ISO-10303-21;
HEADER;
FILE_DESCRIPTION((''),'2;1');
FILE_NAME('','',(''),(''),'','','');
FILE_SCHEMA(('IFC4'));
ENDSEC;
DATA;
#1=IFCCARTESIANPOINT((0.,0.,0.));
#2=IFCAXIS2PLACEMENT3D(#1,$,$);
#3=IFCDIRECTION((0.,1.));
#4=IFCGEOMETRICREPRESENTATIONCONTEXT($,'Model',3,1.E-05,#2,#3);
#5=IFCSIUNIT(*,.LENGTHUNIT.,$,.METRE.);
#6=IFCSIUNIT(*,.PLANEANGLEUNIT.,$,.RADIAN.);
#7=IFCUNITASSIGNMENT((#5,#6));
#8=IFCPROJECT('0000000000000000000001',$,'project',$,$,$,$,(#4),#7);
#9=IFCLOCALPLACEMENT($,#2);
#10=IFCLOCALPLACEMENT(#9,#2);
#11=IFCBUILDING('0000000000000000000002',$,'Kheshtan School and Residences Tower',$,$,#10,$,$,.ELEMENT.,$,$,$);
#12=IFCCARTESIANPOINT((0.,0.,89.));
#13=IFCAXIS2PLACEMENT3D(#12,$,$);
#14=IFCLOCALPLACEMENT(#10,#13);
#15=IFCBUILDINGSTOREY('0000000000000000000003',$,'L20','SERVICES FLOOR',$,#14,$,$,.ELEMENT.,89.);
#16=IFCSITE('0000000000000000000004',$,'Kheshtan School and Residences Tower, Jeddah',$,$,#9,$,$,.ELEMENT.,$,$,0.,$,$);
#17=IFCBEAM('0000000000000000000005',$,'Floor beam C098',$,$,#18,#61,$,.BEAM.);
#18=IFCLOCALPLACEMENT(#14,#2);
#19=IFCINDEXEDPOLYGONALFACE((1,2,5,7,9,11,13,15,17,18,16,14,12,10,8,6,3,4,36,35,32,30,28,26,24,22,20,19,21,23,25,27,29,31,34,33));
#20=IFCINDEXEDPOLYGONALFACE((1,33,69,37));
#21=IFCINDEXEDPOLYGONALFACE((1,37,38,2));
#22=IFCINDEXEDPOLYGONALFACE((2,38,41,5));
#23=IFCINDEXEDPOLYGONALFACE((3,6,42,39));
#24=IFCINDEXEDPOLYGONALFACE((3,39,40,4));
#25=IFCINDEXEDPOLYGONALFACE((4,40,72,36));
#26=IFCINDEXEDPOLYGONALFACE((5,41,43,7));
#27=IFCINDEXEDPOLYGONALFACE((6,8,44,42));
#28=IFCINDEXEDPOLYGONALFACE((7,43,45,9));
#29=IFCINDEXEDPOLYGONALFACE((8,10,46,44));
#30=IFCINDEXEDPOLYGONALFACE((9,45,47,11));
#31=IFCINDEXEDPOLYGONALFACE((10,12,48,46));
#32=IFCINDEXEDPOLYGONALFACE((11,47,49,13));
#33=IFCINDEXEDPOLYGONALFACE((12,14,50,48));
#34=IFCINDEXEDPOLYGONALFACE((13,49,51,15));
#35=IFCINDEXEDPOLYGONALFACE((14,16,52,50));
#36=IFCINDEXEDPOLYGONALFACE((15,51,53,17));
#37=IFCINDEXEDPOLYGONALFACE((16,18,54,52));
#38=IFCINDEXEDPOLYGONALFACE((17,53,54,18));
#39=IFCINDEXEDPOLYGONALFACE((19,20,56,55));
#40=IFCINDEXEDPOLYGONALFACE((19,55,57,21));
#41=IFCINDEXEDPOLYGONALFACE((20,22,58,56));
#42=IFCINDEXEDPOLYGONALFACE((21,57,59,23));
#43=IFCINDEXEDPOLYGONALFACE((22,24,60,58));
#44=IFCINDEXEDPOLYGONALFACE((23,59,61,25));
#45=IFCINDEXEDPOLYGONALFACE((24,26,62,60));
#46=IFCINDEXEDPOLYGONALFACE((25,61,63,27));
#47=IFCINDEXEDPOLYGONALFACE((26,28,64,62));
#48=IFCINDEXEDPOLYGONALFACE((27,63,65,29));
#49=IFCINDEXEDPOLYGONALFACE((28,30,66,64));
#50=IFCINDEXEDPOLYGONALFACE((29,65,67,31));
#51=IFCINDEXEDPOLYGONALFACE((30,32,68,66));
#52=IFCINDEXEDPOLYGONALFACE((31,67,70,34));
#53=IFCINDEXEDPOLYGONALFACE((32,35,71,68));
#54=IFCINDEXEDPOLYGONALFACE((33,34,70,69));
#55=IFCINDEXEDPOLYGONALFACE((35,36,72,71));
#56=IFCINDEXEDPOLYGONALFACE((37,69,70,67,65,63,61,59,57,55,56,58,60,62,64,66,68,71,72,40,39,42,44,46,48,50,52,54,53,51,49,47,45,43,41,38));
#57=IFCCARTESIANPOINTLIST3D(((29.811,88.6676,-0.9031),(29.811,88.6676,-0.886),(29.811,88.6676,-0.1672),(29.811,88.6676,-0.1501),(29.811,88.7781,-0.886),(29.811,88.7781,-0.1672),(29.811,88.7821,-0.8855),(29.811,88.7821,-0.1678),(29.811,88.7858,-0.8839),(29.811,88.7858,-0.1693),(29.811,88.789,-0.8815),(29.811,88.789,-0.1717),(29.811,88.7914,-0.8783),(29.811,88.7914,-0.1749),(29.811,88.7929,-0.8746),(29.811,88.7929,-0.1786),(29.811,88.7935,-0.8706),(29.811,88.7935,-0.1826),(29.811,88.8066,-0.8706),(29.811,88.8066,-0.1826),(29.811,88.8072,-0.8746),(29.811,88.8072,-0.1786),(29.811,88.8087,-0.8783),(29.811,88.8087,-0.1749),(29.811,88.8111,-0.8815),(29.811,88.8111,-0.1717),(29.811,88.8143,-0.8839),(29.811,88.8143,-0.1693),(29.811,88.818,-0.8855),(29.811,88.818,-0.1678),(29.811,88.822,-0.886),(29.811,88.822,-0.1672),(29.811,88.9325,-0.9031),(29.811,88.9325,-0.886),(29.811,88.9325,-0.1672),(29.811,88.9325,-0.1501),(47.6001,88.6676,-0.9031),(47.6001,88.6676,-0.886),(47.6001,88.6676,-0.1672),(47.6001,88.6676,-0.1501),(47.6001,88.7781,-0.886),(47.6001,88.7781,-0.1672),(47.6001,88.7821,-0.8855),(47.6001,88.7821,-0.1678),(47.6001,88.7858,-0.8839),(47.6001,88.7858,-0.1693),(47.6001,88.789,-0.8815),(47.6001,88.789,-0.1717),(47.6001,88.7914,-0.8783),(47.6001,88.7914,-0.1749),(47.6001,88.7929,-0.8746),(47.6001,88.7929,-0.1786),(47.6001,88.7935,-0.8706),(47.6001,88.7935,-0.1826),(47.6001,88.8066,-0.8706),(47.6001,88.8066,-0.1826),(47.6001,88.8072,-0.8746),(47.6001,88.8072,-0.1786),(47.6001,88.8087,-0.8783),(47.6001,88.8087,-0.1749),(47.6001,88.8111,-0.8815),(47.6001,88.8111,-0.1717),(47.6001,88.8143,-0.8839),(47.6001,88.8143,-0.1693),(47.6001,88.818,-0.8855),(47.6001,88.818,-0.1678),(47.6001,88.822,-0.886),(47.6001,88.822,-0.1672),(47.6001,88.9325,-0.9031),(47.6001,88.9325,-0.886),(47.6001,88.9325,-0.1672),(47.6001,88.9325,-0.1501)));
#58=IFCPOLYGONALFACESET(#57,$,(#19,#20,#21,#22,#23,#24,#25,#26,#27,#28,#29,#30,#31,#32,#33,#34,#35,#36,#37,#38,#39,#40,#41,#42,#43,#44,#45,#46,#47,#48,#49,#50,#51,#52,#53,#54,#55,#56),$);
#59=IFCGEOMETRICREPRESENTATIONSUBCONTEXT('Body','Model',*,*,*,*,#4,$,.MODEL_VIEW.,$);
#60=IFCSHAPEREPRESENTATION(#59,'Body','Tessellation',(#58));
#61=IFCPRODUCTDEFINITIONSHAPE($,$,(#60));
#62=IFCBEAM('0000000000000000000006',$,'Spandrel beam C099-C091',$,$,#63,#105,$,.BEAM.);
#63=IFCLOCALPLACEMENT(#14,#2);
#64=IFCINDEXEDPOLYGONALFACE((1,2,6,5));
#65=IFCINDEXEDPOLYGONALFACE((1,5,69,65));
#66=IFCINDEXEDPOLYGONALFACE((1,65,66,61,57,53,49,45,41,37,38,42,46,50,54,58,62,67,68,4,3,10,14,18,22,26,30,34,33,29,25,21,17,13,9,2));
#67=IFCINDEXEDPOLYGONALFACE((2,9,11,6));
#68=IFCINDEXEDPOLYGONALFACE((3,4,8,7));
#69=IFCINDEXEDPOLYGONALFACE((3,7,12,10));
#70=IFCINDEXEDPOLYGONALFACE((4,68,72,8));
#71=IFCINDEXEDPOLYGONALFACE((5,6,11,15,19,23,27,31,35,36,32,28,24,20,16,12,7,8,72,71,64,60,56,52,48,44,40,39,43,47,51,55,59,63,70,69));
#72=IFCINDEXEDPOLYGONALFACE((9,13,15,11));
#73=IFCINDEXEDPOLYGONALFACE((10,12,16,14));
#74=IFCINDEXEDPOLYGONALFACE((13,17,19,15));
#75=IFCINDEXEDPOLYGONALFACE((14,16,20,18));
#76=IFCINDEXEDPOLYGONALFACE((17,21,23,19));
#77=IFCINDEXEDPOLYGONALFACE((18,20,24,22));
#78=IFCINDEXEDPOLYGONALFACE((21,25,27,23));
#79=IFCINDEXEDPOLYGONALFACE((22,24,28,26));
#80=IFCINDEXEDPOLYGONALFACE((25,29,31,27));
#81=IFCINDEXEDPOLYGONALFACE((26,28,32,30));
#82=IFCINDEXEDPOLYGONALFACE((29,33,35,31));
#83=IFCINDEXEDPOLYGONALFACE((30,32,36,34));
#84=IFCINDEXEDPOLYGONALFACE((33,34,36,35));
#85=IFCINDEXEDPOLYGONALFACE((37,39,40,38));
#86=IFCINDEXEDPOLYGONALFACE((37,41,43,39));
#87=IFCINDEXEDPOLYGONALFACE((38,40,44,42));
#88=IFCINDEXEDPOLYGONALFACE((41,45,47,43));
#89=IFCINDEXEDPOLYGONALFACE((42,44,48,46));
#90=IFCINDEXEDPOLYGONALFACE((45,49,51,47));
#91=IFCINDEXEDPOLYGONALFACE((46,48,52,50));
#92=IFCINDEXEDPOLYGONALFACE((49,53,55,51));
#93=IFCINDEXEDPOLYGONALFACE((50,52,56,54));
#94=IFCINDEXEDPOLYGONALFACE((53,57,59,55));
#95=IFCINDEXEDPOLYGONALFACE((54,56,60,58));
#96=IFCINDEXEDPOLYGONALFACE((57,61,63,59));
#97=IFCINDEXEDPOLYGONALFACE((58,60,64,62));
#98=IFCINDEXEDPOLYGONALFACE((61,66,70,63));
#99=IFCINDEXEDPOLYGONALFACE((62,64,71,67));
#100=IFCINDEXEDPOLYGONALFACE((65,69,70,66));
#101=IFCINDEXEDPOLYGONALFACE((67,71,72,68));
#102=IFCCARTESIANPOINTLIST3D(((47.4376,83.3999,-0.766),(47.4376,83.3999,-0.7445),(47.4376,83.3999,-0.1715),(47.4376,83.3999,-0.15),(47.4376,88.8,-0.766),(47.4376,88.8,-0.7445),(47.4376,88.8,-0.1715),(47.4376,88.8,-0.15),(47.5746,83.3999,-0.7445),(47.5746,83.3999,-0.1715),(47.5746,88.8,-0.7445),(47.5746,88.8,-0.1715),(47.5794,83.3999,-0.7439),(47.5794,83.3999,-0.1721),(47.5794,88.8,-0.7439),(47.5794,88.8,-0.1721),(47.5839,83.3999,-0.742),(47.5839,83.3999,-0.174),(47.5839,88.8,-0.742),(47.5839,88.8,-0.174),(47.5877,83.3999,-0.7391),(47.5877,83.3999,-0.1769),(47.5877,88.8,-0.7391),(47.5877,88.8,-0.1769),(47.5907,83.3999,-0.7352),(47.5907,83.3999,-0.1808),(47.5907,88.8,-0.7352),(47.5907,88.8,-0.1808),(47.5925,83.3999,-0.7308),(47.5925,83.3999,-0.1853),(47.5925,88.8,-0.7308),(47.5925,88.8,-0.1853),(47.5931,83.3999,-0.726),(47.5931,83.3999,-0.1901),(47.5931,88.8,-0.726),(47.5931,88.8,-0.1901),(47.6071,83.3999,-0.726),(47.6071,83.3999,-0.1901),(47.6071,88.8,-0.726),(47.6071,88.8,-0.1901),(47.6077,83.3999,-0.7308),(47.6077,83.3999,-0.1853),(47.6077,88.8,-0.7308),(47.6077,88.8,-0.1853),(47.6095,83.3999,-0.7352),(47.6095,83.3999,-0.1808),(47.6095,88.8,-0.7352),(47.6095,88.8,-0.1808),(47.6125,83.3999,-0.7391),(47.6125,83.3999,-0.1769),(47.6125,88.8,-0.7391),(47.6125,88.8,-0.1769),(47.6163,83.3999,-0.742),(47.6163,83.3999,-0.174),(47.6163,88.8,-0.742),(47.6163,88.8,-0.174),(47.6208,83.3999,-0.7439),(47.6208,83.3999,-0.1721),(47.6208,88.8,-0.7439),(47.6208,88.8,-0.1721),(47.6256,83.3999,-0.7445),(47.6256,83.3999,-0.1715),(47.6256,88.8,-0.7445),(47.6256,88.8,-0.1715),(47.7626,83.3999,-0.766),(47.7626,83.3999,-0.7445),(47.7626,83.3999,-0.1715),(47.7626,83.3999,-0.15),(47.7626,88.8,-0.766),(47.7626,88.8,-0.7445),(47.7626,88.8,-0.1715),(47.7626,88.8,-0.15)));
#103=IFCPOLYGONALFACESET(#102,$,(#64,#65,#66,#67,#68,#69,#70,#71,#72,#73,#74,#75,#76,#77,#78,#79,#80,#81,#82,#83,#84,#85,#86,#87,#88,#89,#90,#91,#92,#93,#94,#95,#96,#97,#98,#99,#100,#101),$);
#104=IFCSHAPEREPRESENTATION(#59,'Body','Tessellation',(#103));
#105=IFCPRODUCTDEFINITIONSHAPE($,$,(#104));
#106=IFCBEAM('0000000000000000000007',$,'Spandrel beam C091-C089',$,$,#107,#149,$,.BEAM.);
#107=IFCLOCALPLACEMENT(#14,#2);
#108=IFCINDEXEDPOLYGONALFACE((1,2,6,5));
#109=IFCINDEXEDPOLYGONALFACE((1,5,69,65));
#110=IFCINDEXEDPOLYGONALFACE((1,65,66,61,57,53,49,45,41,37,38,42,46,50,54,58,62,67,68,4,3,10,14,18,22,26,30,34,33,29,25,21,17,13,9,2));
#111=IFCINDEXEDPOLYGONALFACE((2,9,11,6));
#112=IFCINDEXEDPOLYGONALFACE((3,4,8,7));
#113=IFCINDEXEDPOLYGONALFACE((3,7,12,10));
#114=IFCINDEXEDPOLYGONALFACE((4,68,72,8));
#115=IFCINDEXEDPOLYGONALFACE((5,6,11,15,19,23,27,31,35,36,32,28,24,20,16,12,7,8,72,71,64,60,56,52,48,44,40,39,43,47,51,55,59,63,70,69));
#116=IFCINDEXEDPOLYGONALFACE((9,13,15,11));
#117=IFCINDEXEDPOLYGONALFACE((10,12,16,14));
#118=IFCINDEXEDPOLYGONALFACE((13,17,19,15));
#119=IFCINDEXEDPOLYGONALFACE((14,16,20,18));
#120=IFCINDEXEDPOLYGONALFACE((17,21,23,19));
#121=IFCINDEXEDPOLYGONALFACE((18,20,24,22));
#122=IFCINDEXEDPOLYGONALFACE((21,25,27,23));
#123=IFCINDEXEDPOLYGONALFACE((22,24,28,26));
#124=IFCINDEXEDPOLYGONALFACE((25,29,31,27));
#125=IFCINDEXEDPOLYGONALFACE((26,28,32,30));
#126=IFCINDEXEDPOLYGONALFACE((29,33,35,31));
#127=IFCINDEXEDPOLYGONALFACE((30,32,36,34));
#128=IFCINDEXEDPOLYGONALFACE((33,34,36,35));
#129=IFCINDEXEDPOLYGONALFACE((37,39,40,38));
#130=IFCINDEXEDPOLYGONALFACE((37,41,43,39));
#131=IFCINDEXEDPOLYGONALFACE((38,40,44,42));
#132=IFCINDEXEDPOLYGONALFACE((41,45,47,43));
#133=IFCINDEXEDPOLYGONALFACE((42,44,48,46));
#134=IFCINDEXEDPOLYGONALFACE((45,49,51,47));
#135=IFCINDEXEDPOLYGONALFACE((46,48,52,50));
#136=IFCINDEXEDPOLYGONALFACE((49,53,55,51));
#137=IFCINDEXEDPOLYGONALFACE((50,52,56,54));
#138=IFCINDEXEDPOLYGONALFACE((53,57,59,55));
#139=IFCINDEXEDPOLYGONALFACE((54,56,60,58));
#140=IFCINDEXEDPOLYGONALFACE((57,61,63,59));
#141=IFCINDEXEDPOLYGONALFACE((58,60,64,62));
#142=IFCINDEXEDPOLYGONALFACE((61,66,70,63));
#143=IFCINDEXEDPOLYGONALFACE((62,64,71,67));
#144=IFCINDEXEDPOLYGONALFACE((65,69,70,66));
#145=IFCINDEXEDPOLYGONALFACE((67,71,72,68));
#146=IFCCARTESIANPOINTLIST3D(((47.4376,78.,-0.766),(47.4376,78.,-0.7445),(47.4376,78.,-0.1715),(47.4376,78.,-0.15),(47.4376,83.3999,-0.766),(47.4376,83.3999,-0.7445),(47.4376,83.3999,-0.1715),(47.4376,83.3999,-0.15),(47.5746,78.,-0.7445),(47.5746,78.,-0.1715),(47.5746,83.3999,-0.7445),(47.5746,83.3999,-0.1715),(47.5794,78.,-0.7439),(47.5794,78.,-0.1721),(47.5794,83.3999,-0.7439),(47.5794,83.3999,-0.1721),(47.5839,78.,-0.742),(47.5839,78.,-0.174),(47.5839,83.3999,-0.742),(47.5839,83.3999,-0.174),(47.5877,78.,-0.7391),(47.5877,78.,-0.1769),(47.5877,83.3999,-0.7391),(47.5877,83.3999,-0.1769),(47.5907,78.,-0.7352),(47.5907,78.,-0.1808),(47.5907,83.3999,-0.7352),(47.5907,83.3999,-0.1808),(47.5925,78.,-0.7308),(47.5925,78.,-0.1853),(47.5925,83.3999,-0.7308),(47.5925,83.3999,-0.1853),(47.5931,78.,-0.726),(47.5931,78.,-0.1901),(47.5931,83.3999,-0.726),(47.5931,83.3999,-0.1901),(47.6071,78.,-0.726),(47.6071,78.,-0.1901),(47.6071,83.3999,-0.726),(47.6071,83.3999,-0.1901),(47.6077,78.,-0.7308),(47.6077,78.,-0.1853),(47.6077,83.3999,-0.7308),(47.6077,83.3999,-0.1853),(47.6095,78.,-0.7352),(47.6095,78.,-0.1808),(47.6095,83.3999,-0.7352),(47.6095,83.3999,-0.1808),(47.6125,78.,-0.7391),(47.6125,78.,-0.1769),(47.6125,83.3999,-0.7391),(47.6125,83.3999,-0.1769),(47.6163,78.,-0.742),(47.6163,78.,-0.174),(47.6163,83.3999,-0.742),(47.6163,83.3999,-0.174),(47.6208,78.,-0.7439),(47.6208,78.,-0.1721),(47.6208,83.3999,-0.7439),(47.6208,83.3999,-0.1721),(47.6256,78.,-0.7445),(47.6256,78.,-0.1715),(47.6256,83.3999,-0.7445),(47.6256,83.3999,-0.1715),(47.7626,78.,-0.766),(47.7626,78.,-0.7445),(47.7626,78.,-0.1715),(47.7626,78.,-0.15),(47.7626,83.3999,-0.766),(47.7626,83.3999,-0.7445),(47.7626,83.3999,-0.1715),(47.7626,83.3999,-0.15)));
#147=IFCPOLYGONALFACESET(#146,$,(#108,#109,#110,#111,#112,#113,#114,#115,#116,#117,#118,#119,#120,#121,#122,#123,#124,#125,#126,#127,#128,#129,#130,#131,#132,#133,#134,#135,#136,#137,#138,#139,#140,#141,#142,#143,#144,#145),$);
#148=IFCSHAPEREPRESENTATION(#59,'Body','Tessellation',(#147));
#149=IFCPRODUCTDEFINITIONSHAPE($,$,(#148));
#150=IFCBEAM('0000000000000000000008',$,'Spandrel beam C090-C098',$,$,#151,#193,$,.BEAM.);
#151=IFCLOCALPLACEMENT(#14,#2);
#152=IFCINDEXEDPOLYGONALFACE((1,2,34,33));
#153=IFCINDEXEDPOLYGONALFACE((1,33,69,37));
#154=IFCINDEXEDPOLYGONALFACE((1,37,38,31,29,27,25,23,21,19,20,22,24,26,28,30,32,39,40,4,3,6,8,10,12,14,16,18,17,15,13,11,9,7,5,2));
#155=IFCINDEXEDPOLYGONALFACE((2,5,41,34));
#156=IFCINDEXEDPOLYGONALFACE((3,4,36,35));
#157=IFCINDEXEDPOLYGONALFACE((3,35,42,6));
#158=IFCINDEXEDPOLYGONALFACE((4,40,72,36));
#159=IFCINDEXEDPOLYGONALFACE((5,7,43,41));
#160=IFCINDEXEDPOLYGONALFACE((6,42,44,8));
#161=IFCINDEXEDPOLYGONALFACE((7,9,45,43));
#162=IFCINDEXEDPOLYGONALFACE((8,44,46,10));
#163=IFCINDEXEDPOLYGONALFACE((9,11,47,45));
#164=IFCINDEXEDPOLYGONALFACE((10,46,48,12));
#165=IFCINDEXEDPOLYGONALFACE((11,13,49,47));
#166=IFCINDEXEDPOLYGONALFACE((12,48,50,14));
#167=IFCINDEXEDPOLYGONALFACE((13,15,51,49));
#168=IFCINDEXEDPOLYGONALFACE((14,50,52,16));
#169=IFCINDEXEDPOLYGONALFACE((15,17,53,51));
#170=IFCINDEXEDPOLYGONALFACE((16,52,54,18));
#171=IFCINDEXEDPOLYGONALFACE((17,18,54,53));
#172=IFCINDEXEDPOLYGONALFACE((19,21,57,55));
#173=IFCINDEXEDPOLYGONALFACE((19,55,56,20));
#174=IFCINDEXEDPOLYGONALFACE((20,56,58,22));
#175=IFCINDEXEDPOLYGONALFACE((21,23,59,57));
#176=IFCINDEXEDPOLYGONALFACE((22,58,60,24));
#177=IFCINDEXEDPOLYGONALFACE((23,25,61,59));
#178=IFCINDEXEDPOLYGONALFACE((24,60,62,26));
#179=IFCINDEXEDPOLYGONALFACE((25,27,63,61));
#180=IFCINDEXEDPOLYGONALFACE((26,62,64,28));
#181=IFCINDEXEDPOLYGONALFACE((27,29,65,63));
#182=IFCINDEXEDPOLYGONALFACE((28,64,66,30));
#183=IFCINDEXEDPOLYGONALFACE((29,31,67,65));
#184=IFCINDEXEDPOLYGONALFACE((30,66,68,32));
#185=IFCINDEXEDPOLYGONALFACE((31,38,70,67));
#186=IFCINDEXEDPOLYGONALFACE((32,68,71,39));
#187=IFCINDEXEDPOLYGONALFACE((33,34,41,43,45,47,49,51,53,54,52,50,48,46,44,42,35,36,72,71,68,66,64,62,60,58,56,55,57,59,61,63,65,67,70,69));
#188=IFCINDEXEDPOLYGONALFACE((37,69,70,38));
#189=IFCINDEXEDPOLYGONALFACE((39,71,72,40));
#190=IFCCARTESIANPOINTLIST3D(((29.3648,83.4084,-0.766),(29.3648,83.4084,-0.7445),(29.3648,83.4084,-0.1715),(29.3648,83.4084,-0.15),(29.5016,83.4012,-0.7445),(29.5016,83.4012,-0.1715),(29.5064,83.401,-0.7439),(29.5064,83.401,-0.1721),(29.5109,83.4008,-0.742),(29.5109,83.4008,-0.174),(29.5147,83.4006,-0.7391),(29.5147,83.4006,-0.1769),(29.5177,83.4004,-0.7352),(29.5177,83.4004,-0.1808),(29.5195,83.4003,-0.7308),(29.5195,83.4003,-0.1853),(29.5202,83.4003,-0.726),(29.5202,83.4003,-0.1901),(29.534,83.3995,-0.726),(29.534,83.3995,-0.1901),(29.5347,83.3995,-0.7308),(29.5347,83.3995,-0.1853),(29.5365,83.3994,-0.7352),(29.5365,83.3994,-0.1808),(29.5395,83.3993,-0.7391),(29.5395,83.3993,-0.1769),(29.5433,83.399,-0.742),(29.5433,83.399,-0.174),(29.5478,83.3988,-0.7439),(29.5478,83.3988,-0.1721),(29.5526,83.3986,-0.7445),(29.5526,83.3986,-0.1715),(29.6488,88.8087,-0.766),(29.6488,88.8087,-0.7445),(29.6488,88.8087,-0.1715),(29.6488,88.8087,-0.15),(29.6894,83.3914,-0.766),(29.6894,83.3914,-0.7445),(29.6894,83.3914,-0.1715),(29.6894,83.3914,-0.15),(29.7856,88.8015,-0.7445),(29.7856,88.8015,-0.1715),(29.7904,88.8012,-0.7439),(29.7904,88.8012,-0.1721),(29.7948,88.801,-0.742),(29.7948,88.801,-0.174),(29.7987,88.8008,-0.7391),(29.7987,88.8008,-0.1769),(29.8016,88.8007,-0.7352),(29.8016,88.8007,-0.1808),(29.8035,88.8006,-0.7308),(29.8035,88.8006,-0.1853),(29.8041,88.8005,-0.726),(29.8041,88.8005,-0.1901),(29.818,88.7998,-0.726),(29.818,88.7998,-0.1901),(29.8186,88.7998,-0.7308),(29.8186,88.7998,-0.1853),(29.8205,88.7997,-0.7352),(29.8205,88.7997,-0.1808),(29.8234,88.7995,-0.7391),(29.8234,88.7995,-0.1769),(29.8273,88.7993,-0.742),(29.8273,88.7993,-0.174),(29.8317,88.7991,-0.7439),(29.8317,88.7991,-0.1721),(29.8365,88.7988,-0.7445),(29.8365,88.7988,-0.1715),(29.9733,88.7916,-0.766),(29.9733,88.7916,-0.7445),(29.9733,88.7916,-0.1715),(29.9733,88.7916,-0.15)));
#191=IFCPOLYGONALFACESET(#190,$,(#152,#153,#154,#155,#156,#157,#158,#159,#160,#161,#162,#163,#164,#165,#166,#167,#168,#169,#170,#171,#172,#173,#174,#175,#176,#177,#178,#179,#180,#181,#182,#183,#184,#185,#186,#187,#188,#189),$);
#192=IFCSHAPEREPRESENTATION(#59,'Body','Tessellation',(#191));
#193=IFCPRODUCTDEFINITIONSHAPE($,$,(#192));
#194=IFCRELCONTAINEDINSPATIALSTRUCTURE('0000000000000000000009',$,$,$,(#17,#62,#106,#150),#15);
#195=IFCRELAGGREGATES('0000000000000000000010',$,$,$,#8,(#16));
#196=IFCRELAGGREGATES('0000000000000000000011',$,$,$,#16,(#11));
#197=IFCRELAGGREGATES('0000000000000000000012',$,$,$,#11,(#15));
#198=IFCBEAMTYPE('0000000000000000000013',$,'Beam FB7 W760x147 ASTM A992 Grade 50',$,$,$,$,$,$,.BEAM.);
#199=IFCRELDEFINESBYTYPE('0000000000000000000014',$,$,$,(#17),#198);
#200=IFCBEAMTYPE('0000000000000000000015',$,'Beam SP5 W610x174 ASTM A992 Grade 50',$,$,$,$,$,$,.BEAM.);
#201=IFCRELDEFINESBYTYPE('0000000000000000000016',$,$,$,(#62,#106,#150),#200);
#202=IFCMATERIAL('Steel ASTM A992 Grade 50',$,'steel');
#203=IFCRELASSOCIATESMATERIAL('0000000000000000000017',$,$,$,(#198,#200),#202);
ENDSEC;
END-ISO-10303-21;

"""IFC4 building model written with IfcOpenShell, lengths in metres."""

from ifc_helpers import new_model, si_unit, direction, frame, origin, origin_2d, place, context, subcontext, project, spatial, i_section, extrude, material, material_profile, profile_set, type_object, element, save


model = new_model("IFC4")

# Units and contexts
model_context = context("Model", 3, precision=1e-05, world=origin(), true_north=direction((0.0, 1.0)))
body_context = subcontext(model_context, "Body", "Model", "MODEL_VIEW")
ifc_project = project(units=[si_unit("LENGTHUNIT", "METRE"), si_unit("PLANEANGLEUNIT", "RADIAN")], contexts=[model_context])

# Site, building, storey
site_placement = place(None, origin())
site = spatial("IfcSite", under=ifc_project, at=site_placement, Name="Kheshtan School and Residences Tower, Jeddah", CompositionType="ELEMENT", RefElevation=0.0)
building_placement = place(site_placement, origin())
building = spatial("IfcBuilding", under=site, at=building_placement, Name="Kheshtan School and Residences Tower", CompositionType="ELEMENT")
storey_placement = place(building_placement, frame((0.0, 0.0, 89.0)))
storey = spatial("IfcBuildingStorey", under=building, at=storey_placement, Name="L20", Description="SERVICES FLOOR", CompositionType="ELEMENT", Elevation=89.0)

# Shared definitions
ifc_material_1 = material(Name="Steel ASTM A992 Grade 50", Category="steel")

# Beams
ifc_material_profile_1 = material_profile(ifc_material_1, i_section(OverallWidth=0.2649, OverallDepth=0.7529, WebThickness=0.0132, FlangeThickness=0.0171, FilletRadius=0.0154, at=origin_2d()), Name="W760x147")
ifc_profile_set_1 = profile_set([ifc_material_profile_1], Name="Steel ASTM A992 Grade 50")
beam_type_1 = type_object("IfcBeamType", Name="Beam FB7 W760x147 ASTM A992 Grade 50", PredefinedType="BEAM", material=ifc_profile_set_1)
beam_1_placement = place(storey_placement, frame((29.811, 88.8, -0.5266), z_axis=(1.0, 0.0, 0.0), x_axis=(0.0, 1.0, 0.0)))
element("IfcBeam", 1, at=beam_1_placement, inside=storey, type_object=beam_type_1, Name="Floor beam C098", PredefinedType="BEAM", context=body_context, shape_type="SweptSolid", body=[
    extrude(i_section(OverallWidth=0.2649, OverallDepth=0.7529, WebThickness=0.0132, FlangeThickness=0.0171, FilletRadius=0.0154, at=origin_2d()), origin(), (0.0, 0.0, 1.0), 17.7891),
])
ifc_material_profile_2 = material_profile(ifc_material_1, i_section(OverallWidth=0.325, OverallDepth=0.616, WebThickness=0.0139, FlangeThickness=0.0215, FilletRadius=0.0186, at=origin_2d()), Name="W610x174")
ifc_profile_set_2 = profile_set([ifc_material_profile_2], Name="Steel ASTM A992 Grade 50")
beam_type_2 = type_object("IfcBeamType", Name="Beam SP5 W610x174 ASTM A992 Grade 50", PredefinedType="BEAM", material=ifc_profile_set_2)
beam_2_placement = place(storey_placement, frame((47.6001, 88.8, -0.458), z_axis=(0.0, -1.0, 0.0), x_axis=(1.0, 0.0, 0.0)))
element("IfcBeam", 2, at=beam_2_placement, inside=storey, type_object=beam_type_2, Name="Spandrel beam C099-C091", PredefinedType="BEAM", context=body_context, shape_type="SweptSolid", body=[
    extrude(i_section(OverallWidth=0.325, OverallDepth=0.616, WebThickness=0.0139, FlangeThickness=0.0215, FilletRadius=0.0186, at=origin_2d()), origin(), (0.0, 0.0, 1.0), 5.4001),
])
beam_3_placement = place(storey_placement, frame((47.6001, 83.3999, -0.458), z_axis=(0.0, -1.0, 0.0), x_axis=(1.0, 0.0, 0.0)))
element("IfcBeam", 3, at=beam_3_placement, inside=storey, type_object=beam_type_2, Name="Spandrel beam C091-C089", PredefinedType="BEAM", context=body_context, shape_type="SweptSolid", body=[
    extrude(i_section(OverallWidth=0.325, OverallDepth=0.616, WebThickness=0.0139, FlangeThickness=0.0215, FilletRadius=0.0186, at=origin_2d()), origin(), (0.0, 0.0, 1.0), 5.3999),
])
beam_4_placement = place(storey_placement, frame((29.5271, 83.3999, -0.458), z_axis=(0.052507, 0.998621, 0.0), x_axis=(-0.998621, 0.052507, 0.0)))
element("IfcBeam", 4, at=beam_4_placement, inside=storey, type_object=beam_type_2, Name="Spandrel beam C090-C098", PredefinedType="BEAM", context=body_context, shape_type="SweptSolid", body=[
    extrude(i_section(OverallWidth=0.325, OverallDepth=0.616, WebThickness=0.0139, FlangeThickness=0.0215, FilletRadius=0.0186, at=origin_2d()), origin(), (0.0, 0.0, 1.0), 5.4077),
])

save(model, "model.ifc")
